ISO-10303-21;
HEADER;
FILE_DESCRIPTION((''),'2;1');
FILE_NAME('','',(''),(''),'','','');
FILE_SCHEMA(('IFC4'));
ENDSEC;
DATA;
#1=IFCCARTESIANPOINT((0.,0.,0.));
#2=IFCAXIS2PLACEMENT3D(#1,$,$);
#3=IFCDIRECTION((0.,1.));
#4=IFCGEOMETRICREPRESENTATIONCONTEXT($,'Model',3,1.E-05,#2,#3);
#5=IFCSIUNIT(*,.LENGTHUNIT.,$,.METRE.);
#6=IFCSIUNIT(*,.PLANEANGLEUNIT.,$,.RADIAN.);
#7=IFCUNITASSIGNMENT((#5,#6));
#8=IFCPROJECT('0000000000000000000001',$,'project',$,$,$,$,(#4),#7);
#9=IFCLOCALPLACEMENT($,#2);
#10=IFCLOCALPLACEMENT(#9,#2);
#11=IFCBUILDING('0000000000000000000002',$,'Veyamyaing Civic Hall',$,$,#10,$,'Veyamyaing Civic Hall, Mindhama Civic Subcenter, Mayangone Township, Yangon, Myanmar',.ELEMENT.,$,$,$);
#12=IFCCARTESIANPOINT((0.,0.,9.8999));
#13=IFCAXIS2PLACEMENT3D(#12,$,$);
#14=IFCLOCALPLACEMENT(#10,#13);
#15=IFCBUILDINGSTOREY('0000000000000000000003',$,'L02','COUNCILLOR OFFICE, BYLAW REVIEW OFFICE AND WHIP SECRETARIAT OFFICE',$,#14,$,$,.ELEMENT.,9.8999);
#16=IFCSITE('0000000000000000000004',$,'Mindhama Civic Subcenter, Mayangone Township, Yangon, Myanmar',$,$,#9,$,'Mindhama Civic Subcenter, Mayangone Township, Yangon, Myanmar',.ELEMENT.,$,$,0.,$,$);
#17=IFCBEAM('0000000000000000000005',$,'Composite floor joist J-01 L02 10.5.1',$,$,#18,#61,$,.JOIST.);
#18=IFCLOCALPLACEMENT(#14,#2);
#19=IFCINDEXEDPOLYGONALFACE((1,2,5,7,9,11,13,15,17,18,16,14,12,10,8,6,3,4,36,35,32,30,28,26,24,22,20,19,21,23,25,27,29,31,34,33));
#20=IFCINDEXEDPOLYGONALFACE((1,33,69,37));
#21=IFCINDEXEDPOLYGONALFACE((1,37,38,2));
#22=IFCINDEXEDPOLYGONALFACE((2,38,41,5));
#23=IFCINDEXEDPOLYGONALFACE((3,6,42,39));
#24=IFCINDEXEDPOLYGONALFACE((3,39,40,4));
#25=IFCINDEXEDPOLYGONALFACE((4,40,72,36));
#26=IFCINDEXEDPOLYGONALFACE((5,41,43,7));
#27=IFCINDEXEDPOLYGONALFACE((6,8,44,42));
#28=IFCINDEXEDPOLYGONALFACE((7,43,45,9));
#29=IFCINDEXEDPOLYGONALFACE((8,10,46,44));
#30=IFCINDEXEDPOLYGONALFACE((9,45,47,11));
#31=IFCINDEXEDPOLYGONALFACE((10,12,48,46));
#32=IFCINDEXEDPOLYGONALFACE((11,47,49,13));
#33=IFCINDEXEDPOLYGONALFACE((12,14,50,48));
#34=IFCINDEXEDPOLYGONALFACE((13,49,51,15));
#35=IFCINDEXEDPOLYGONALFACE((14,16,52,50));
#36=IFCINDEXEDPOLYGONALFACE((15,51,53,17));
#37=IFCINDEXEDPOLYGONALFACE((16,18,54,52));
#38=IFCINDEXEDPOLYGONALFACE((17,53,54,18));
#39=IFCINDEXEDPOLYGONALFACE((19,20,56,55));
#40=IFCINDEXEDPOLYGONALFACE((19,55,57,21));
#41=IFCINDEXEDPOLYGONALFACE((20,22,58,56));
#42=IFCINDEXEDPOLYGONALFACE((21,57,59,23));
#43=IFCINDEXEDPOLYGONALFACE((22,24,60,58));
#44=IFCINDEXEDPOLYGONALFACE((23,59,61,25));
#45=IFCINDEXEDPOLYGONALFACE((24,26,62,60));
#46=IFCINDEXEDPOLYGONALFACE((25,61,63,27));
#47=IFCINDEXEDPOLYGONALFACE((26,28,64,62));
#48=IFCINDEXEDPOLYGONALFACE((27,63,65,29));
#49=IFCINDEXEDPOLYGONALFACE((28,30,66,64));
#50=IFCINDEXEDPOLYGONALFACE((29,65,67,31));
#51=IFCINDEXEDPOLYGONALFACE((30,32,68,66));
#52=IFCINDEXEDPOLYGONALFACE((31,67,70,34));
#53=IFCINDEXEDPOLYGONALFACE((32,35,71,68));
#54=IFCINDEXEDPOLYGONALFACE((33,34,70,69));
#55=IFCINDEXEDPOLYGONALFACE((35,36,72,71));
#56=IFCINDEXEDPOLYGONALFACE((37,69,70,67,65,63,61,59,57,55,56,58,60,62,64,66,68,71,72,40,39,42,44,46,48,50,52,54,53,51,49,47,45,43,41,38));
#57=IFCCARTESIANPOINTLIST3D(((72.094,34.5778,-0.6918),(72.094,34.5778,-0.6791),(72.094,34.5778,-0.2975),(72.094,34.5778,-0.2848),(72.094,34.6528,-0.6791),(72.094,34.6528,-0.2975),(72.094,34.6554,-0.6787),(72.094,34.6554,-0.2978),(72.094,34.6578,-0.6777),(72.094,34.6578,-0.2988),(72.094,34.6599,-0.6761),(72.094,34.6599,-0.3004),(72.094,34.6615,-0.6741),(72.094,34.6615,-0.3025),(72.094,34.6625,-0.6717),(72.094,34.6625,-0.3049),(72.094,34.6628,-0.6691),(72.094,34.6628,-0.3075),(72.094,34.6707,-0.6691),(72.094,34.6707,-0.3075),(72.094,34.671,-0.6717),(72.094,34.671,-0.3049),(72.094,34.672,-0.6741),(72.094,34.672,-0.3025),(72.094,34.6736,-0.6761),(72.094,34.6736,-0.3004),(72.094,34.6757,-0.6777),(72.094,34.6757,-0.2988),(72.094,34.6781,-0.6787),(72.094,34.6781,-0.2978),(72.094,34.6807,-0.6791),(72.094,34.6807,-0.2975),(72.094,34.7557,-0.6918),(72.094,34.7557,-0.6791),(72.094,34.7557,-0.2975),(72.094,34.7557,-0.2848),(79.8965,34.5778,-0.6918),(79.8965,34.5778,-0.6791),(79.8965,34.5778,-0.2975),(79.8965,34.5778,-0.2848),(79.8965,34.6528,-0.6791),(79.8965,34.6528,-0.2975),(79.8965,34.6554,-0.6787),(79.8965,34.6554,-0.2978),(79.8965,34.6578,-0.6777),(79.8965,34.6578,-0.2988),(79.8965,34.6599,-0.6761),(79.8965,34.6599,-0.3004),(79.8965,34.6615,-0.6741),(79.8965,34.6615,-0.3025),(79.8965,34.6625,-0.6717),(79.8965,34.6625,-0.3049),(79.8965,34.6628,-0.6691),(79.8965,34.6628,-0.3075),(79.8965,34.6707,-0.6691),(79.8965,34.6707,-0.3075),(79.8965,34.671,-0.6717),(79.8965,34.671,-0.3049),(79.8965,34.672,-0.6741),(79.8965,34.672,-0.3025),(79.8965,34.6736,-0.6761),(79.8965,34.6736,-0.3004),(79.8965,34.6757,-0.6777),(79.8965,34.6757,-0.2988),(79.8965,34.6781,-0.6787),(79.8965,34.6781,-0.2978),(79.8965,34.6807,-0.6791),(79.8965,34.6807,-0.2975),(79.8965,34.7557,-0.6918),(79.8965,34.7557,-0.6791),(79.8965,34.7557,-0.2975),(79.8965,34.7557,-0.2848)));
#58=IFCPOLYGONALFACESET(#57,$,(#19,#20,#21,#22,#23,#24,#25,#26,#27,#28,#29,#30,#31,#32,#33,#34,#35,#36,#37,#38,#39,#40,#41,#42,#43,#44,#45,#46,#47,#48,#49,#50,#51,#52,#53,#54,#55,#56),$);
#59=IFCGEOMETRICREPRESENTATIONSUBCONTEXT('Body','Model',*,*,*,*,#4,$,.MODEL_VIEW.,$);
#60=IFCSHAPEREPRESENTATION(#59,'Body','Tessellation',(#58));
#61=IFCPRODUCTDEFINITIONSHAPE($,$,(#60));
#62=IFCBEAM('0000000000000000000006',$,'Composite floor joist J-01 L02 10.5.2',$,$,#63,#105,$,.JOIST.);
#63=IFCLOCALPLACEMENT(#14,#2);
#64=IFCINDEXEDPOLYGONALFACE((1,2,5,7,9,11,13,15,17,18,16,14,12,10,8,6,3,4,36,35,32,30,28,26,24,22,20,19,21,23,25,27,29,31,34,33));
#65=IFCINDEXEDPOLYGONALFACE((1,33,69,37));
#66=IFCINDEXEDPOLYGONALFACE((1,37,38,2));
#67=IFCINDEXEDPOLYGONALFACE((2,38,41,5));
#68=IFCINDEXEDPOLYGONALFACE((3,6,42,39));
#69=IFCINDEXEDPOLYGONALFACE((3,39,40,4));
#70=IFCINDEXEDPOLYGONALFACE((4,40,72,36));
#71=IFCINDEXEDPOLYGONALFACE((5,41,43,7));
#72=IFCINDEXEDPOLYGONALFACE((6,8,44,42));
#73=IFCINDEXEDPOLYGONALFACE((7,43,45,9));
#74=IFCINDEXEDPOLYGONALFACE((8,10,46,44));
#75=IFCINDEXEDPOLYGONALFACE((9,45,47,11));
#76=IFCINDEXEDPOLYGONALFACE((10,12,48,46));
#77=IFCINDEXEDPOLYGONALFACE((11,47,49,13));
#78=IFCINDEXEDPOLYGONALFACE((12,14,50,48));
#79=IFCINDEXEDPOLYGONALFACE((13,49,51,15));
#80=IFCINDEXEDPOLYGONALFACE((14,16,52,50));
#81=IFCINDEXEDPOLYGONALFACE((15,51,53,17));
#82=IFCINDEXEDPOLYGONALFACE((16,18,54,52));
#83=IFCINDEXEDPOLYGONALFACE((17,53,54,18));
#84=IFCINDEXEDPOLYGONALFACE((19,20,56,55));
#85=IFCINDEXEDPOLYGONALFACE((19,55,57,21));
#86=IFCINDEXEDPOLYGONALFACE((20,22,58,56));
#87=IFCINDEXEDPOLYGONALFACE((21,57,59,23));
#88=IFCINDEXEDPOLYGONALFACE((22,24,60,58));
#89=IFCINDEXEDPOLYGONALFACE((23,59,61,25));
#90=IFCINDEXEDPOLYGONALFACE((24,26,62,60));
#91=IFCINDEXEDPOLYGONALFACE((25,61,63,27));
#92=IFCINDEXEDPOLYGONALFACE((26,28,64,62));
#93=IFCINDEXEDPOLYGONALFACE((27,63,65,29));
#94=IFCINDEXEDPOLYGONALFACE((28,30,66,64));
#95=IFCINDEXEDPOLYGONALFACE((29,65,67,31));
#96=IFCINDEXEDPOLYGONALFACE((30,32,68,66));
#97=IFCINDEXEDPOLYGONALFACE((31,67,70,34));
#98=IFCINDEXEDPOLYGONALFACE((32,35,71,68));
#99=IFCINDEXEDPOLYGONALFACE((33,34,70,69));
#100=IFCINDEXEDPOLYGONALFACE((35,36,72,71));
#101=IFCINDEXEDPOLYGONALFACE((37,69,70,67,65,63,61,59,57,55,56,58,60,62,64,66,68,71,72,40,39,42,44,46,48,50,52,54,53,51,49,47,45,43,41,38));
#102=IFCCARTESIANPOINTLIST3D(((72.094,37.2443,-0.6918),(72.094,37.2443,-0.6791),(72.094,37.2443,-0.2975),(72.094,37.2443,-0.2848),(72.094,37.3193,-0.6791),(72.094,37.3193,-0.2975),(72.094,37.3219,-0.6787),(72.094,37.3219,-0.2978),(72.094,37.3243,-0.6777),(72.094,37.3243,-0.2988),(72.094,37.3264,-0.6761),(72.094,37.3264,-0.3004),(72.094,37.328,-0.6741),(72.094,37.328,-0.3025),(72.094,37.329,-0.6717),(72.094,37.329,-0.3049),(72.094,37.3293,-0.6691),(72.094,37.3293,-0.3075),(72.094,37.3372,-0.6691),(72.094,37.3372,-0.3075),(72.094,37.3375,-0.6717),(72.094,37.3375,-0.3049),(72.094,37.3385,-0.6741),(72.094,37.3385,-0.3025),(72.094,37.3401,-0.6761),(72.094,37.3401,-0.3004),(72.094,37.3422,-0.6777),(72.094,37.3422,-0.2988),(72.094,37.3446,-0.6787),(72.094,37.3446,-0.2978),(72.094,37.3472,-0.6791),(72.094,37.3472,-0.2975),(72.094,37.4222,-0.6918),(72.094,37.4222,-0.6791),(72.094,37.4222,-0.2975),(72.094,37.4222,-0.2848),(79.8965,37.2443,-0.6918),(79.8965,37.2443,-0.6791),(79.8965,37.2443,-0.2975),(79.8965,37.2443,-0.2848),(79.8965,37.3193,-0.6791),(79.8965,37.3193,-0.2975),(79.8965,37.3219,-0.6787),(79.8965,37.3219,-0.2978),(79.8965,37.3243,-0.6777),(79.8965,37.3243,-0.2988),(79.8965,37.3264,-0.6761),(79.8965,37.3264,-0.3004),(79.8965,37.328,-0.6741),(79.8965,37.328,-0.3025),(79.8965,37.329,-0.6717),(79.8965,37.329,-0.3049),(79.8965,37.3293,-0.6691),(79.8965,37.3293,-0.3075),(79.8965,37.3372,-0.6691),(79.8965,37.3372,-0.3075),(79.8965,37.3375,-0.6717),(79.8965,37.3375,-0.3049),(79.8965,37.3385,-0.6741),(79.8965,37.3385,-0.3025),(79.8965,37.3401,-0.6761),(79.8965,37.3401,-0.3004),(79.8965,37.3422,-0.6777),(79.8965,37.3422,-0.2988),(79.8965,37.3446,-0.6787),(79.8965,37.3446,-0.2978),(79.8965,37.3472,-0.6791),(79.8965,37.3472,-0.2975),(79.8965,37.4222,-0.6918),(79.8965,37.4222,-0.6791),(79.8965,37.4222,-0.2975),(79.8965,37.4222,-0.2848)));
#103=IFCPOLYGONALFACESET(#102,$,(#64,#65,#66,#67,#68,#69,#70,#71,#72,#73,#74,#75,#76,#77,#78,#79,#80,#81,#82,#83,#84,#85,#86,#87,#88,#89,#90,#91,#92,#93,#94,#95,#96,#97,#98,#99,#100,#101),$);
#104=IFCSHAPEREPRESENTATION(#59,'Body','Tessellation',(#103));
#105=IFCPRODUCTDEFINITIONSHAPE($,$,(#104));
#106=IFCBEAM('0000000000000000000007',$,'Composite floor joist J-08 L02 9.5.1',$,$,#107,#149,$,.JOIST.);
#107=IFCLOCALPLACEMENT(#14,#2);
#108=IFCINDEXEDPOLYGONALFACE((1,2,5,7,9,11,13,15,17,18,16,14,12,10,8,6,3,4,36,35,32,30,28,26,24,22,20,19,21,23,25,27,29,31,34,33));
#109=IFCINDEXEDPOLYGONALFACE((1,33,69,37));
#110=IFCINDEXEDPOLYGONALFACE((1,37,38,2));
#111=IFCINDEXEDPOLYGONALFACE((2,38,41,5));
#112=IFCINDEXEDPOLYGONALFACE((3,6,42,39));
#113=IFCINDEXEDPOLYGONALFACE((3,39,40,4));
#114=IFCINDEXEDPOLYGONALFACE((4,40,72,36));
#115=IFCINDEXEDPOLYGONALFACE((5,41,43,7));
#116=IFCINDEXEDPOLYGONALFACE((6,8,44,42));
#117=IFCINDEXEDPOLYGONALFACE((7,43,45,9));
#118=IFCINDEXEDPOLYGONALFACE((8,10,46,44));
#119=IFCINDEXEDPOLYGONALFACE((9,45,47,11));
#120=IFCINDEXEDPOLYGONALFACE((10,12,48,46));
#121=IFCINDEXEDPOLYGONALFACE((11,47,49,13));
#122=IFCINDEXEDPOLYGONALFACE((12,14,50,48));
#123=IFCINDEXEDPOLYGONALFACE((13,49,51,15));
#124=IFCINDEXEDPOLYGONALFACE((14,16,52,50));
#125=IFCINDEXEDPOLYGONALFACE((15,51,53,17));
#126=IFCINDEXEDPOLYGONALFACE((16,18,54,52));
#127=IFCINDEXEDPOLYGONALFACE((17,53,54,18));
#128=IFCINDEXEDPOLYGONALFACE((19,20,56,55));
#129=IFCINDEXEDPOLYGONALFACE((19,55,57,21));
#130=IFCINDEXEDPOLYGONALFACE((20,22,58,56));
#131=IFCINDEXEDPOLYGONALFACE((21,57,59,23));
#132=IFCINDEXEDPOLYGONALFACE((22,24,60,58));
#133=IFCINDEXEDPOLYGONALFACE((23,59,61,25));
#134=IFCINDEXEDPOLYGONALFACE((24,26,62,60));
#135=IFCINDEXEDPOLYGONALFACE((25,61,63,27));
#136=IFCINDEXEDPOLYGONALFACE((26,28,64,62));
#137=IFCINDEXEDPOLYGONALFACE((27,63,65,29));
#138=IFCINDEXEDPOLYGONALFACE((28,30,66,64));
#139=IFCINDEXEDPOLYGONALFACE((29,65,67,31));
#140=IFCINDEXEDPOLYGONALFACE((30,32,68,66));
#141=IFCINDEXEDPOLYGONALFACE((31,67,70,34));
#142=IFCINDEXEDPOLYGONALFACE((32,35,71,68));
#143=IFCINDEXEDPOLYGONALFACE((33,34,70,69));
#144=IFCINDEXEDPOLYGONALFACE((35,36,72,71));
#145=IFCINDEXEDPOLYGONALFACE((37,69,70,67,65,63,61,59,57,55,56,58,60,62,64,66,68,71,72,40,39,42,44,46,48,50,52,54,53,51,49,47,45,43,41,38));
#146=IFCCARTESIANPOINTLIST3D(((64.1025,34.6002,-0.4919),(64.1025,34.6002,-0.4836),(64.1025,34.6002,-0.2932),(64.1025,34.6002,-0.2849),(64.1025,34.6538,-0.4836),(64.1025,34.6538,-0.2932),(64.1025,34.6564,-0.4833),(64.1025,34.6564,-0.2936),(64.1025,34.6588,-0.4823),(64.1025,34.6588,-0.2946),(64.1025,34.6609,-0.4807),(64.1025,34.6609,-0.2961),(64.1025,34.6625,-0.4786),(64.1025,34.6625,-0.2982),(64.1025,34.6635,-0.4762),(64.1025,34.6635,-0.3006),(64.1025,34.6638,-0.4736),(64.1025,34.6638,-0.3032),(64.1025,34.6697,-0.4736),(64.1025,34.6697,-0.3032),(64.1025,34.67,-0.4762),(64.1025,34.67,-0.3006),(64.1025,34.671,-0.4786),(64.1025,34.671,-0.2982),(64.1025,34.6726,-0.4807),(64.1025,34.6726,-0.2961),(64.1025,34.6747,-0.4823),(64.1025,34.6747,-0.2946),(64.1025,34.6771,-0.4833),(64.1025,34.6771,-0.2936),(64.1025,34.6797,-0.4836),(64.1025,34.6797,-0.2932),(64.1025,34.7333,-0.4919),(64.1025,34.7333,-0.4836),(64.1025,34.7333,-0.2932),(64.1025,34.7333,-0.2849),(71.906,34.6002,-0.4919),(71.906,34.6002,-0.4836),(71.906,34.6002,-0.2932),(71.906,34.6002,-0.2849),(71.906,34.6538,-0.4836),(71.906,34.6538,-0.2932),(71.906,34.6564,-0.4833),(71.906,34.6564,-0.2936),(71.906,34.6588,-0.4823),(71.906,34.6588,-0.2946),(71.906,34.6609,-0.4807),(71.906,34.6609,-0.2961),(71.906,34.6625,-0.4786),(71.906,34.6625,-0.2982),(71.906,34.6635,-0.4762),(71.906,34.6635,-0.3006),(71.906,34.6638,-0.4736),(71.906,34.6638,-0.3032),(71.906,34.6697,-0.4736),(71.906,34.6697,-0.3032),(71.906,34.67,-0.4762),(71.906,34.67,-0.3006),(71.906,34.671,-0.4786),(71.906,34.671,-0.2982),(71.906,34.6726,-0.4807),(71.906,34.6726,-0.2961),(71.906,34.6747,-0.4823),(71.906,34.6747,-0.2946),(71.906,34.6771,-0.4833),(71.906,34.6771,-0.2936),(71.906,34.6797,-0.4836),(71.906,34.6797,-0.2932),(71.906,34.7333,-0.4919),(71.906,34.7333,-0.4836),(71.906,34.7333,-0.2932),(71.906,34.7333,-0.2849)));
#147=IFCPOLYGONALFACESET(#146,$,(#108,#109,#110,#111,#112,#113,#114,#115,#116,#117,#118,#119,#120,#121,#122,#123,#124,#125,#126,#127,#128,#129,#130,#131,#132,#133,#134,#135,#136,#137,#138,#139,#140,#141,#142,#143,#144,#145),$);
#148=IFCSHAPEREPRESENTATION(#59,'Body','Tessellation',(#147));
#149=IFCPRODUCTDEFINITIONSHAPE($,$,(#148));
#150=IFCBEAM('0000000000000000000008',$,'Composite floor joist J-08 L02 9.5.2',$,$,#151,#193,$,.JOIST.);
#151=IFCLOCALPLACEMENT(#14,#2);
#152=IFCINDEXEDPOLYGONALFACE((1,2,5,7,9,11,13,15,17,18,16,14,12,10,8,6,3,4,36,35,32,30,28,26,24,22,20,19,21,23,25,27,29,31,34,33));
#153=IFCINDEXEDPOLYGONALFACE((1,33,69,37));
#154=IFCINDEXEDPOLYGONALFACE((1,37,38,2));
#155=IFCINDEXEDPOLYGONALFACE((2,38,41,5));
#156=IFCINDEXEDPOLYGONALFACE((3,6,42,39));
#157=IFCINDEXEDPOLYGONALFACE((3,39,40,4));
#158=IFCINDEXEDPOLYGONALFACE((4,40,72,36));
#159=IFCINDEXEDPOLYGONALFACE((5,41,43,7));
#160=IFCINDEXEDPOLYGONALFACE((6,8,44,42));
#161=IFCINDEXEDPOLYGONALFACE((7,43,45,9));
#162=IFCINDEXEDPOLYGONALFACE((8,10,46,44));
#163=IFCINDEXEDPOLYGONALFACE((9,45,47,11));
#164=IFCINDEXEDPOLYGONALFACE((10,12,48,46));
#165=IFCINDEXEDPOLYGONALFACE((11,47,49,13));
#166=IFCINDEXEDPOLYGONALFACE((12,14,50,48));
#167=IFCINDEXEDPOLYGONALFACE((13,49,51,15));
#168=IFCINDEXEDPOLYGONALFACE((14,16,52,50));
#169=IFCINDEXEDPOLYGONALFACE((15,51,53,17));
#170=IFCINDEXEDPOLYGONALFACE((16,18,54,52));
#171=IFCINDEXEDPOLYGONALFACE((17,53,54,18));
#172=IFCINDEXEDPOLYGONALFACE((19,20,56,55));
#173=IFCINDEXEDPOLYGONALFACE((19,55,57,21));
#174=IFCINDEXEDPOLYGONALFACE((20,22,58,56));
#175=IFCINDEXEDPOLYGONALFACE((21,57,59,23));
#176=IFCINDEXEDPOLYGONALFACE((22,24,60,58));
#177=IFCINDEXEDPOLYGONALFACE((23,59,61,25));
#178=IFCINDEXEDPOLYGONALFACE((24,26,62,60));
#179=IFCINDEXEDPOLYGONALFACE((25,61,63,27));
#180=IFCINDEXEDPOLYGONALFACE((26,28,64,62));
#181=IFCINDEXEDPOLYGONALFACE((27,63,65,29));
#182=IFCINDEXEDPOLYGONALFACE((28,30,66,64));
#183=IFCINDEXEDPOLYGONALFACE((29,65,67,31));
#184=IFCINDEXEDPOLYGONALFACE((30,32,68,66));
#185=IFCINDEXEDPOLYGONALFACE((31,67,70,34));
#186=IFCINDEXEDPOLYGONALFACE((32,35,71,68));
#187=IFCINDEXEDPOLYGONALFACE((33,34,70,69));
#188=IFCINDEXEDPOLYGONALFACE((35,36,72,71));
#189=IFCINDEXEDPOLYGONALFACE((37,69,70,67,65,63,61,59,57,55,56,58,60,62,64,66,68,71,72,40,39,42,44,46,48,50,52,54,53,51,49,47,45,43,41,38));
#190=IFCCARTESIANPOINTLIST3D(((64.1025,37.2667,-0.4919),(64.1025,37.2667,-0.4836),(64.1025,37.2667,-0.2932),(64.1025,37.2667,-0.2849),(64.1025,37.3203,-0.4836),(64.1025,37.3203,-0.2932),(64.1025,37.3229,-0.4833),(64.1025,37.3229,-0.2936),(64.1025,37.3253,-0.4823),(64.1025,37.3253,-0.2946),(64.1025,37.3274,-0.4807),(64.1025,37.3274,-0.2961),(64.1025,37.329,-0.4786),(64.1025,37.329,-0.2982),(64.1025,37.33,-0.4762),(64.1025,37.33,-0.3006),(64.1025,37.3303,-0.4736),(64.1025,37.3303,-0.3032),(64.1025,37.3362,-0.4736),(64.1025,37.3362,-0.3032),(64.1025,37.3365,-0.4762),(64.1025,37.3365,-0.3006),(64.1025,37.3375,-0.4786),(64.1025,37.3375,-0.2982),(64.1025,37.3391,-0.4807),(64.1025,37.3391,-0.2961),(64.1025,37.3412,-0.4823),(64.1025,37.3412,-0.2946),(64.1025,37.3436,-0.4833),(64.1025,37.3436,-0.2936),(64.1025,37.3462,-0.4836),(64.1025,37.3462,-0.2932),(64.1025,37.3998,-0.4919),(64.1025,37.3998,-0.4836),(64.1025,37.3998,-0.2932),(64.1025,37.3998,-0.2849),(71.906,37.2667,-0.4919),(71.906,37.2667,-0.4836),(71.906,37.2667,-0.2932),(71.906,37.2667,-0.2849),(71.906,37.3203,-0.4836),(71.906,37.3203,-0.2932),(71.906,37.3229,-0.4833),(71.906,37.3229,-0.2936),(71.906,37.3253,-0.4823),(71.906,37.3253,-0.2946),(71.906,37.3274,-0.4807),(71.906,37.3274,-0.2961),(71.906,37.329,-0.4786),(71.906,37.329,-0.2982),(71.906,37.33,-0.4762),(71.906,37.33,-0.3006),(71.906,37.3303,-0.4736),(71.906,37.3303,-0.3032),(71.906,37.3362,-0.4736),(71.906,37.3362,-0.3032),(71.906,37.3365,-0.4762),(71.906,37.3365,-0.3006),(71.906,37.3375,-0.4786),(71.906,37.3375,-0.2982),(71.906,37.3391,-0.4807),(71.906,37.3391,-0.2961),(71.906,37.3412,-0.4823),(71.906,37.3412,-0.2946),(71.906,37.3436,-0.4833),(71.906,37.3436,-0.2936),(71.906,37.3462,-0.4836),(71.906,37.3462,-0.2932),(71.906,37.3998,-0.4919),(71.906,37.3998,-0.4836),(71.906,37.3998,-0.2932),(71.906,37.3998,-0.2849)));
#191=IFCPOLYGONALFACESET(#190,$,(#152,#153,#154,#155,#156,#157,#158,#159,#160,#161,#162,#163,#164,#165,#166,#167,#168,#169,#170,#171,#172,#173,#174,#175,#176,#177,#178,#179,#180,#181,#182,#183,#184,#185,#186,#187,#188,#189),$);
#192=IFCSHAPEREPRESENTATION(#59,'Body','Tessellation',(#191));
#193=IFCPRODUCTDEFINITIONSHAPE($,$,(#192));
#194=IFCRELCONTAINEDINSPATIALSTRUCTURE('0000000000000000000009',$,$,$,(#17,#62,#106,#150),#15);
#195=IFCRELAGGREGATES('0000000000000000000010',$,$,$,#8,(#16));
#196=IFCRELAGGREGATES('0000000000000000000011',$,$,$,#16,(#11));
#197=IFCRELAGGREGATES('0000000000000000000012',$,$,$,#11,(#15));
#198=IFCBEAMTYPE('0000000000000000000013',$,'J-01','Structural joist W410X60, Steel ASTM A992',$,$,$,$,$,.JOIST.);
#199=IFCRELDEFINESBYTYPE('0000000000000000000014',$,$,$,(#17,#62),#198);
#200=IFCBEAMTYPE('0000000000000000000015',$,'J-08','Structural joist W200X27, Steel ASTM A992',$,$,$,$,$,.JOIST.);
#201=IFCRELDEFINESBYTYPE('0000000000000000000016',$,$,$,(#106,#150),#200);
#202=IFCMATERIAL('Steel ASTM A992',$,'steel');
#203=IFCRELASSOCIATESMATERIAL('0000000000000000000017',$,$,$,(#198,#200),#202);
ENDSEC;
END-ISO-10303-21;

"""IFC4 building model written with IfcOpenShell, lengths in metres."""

from ifc_helpers import new_model, si_unit, direction, frame, origin, origin_2d, place, context, subcontext, project, spatial, i_section, extrude, material, material_profile, profile_set, type_object, element, save


model = new_model("IFC4")

# Units and contexts
model_context = context("Model", 3, precision=1e-05, world=origin(), true_north=direction((0.0, 1.0)))
body_context = subcontext(model_context, "Body", "Model", "MODEL_VIEW")
ifc_project = project(units=[si_unit("LENGTHUNIT", "METRE"), si_unit("PLANEANGLEUNIT", "RADIAN")], contexts=[model_context])

# Site, building, storey
site_placement = place(None, origin())
site = spatial("IfcSite", under=ifc_project, at=site_placement, Name="Mindhama Civic Subcenter, Mayangone Township, Yangon, Myanmar", LongName="Mindhama Civic Subcenter, Mayangone Township, Yangon, Myanmar", CompositionType="ELEMENT", RefElevation=0.0)
building_placement = place(site_placement, origin())
building = spatial("IfcBuilding", under=site, at=building_placement, Name="Veyamyaing Civic Hall", LongName="Veyamyaing Civic Hall, Mindhama Civic Subcenter, Mayangone Township, Yangon, Myanmar", CompositionType="ELEMENT")
storey_placement = place(building_placement, frame((0.0, 0.0, 9.8999)))
storey = spatial("IfcBuildingStorey", under=building, at=storey_placement, Name="L02", Description="COUNCILLOR OFFICE, BYLAW REVIEW OFFICE AND WHIP SECRETARIAT OFFICE", CompositionType="ELEMENT", Elevation=9.8999)

# Shared definitions
ifc_material_1 = material(Name="Steel ASTM A992", Category="steel")

# Beams
ifc_material_profile_1 = material_profile(ifc_material_1, i_section(OverallWidth=0.178, OverallDepth=0.407, WebThickness=0.0078, FlangeThickness=0.0127, FilletRadius=0.01, at=origin_2d()), Name="W410X60")
ifc_profile_set_1 = profile_set([ifc_material_profile_1], Name="Steel ASTM A992")
beam_type_1 = type_object("IfcBeamType", Name="J-01", Description="Structural joist W410X60, Steel ASTM A992", PredefinedType="JOIST", material=ifc_profile_set_1)
for number, where, z_axis, x_axis, name in (
    (1, (72.094, 34.6667, -0.4883), (1.0, 0.0, 0.0), (0.0, 1.0, 0.0), "Composite floor joist J-01 L02 10.5.1"),
    (2, (72.094, 37.3333, -0.4883), (1.0, 0.0, 0.0), (0.0, 1.0, 0.0), "Composite floor joist J-01 L02 10.5.2"),
):
    element("IfcBeam", number, at=place(storey_placement, frame(where, z_axis=z_axis, x_axis=x_axis)), inside=storey, type_object=beam_type_1, Name=name, PredefinedType="JOIST", context=body_context, shape_type="SweptSolid", body=[
        extrude(i_section(OverallWidth=0.178, OverallDepth=0.407, WebThickness=0.0078, FlangeThickness=0.0127, FilletRadius=0.01, at=origin_2d()), origin(), (0.0, 0.0, 1.0), 7.8025),
    ])
ifc_material_profile_2 = material_profile(ifc_material_1, i_section(OverallWidth=0.1331, OverallDepth=0.207, WebThickness=0.0059, FlangeThickness=0.0083, FilletRadius=0.01, at=origin_2d()), Name="W200X27")
ifc_profile_set_2 = profile_set([ifc_material_profile_2], Name="Steel ASTM A992")
beam_type_2 = type_object("IfcBeamType", Name="J-08", Description="Structural joist W200X27, Steel ASTM A992", PredefinedType="JOIST", material=ifc_profile_set_2)
for number, where, z_axis, x_axis, name in (
    (3, (64.1025, 34.6667, -0.3884), (1.0, 0.0, 0.0), (0.0, 1.0, 0.0), "Composite floor joist J-08 L02 9.5.1"),
    (4, (64.1025, 37.3333, -0.3884), (1.0, 0.0, 0.0), (0.0, 1.0, 0.0), "Composite floor joist J-08 L02 9.5.2"),
):
    element("IfcBeam", number, at=place(storey_placement, frame(where, z_axis=z_axis, x_axis=x_axis)), inside=storey, type_object=beam_type_2, Name=name, PredefinedType="JOIST", context=body_context, shape_type="SweptSolid", body=[
        extrude(i_section(OverallWidth=0.1331, OverallDepth=0.207, WebThickness=0.0059, FlangeThickness=0.0083, FilletRadius=0.01, at=origin_2d()), origin(), (0.0, 0.0, 1.0), 7.8035),
    ])

save(model, "model.ifc")
